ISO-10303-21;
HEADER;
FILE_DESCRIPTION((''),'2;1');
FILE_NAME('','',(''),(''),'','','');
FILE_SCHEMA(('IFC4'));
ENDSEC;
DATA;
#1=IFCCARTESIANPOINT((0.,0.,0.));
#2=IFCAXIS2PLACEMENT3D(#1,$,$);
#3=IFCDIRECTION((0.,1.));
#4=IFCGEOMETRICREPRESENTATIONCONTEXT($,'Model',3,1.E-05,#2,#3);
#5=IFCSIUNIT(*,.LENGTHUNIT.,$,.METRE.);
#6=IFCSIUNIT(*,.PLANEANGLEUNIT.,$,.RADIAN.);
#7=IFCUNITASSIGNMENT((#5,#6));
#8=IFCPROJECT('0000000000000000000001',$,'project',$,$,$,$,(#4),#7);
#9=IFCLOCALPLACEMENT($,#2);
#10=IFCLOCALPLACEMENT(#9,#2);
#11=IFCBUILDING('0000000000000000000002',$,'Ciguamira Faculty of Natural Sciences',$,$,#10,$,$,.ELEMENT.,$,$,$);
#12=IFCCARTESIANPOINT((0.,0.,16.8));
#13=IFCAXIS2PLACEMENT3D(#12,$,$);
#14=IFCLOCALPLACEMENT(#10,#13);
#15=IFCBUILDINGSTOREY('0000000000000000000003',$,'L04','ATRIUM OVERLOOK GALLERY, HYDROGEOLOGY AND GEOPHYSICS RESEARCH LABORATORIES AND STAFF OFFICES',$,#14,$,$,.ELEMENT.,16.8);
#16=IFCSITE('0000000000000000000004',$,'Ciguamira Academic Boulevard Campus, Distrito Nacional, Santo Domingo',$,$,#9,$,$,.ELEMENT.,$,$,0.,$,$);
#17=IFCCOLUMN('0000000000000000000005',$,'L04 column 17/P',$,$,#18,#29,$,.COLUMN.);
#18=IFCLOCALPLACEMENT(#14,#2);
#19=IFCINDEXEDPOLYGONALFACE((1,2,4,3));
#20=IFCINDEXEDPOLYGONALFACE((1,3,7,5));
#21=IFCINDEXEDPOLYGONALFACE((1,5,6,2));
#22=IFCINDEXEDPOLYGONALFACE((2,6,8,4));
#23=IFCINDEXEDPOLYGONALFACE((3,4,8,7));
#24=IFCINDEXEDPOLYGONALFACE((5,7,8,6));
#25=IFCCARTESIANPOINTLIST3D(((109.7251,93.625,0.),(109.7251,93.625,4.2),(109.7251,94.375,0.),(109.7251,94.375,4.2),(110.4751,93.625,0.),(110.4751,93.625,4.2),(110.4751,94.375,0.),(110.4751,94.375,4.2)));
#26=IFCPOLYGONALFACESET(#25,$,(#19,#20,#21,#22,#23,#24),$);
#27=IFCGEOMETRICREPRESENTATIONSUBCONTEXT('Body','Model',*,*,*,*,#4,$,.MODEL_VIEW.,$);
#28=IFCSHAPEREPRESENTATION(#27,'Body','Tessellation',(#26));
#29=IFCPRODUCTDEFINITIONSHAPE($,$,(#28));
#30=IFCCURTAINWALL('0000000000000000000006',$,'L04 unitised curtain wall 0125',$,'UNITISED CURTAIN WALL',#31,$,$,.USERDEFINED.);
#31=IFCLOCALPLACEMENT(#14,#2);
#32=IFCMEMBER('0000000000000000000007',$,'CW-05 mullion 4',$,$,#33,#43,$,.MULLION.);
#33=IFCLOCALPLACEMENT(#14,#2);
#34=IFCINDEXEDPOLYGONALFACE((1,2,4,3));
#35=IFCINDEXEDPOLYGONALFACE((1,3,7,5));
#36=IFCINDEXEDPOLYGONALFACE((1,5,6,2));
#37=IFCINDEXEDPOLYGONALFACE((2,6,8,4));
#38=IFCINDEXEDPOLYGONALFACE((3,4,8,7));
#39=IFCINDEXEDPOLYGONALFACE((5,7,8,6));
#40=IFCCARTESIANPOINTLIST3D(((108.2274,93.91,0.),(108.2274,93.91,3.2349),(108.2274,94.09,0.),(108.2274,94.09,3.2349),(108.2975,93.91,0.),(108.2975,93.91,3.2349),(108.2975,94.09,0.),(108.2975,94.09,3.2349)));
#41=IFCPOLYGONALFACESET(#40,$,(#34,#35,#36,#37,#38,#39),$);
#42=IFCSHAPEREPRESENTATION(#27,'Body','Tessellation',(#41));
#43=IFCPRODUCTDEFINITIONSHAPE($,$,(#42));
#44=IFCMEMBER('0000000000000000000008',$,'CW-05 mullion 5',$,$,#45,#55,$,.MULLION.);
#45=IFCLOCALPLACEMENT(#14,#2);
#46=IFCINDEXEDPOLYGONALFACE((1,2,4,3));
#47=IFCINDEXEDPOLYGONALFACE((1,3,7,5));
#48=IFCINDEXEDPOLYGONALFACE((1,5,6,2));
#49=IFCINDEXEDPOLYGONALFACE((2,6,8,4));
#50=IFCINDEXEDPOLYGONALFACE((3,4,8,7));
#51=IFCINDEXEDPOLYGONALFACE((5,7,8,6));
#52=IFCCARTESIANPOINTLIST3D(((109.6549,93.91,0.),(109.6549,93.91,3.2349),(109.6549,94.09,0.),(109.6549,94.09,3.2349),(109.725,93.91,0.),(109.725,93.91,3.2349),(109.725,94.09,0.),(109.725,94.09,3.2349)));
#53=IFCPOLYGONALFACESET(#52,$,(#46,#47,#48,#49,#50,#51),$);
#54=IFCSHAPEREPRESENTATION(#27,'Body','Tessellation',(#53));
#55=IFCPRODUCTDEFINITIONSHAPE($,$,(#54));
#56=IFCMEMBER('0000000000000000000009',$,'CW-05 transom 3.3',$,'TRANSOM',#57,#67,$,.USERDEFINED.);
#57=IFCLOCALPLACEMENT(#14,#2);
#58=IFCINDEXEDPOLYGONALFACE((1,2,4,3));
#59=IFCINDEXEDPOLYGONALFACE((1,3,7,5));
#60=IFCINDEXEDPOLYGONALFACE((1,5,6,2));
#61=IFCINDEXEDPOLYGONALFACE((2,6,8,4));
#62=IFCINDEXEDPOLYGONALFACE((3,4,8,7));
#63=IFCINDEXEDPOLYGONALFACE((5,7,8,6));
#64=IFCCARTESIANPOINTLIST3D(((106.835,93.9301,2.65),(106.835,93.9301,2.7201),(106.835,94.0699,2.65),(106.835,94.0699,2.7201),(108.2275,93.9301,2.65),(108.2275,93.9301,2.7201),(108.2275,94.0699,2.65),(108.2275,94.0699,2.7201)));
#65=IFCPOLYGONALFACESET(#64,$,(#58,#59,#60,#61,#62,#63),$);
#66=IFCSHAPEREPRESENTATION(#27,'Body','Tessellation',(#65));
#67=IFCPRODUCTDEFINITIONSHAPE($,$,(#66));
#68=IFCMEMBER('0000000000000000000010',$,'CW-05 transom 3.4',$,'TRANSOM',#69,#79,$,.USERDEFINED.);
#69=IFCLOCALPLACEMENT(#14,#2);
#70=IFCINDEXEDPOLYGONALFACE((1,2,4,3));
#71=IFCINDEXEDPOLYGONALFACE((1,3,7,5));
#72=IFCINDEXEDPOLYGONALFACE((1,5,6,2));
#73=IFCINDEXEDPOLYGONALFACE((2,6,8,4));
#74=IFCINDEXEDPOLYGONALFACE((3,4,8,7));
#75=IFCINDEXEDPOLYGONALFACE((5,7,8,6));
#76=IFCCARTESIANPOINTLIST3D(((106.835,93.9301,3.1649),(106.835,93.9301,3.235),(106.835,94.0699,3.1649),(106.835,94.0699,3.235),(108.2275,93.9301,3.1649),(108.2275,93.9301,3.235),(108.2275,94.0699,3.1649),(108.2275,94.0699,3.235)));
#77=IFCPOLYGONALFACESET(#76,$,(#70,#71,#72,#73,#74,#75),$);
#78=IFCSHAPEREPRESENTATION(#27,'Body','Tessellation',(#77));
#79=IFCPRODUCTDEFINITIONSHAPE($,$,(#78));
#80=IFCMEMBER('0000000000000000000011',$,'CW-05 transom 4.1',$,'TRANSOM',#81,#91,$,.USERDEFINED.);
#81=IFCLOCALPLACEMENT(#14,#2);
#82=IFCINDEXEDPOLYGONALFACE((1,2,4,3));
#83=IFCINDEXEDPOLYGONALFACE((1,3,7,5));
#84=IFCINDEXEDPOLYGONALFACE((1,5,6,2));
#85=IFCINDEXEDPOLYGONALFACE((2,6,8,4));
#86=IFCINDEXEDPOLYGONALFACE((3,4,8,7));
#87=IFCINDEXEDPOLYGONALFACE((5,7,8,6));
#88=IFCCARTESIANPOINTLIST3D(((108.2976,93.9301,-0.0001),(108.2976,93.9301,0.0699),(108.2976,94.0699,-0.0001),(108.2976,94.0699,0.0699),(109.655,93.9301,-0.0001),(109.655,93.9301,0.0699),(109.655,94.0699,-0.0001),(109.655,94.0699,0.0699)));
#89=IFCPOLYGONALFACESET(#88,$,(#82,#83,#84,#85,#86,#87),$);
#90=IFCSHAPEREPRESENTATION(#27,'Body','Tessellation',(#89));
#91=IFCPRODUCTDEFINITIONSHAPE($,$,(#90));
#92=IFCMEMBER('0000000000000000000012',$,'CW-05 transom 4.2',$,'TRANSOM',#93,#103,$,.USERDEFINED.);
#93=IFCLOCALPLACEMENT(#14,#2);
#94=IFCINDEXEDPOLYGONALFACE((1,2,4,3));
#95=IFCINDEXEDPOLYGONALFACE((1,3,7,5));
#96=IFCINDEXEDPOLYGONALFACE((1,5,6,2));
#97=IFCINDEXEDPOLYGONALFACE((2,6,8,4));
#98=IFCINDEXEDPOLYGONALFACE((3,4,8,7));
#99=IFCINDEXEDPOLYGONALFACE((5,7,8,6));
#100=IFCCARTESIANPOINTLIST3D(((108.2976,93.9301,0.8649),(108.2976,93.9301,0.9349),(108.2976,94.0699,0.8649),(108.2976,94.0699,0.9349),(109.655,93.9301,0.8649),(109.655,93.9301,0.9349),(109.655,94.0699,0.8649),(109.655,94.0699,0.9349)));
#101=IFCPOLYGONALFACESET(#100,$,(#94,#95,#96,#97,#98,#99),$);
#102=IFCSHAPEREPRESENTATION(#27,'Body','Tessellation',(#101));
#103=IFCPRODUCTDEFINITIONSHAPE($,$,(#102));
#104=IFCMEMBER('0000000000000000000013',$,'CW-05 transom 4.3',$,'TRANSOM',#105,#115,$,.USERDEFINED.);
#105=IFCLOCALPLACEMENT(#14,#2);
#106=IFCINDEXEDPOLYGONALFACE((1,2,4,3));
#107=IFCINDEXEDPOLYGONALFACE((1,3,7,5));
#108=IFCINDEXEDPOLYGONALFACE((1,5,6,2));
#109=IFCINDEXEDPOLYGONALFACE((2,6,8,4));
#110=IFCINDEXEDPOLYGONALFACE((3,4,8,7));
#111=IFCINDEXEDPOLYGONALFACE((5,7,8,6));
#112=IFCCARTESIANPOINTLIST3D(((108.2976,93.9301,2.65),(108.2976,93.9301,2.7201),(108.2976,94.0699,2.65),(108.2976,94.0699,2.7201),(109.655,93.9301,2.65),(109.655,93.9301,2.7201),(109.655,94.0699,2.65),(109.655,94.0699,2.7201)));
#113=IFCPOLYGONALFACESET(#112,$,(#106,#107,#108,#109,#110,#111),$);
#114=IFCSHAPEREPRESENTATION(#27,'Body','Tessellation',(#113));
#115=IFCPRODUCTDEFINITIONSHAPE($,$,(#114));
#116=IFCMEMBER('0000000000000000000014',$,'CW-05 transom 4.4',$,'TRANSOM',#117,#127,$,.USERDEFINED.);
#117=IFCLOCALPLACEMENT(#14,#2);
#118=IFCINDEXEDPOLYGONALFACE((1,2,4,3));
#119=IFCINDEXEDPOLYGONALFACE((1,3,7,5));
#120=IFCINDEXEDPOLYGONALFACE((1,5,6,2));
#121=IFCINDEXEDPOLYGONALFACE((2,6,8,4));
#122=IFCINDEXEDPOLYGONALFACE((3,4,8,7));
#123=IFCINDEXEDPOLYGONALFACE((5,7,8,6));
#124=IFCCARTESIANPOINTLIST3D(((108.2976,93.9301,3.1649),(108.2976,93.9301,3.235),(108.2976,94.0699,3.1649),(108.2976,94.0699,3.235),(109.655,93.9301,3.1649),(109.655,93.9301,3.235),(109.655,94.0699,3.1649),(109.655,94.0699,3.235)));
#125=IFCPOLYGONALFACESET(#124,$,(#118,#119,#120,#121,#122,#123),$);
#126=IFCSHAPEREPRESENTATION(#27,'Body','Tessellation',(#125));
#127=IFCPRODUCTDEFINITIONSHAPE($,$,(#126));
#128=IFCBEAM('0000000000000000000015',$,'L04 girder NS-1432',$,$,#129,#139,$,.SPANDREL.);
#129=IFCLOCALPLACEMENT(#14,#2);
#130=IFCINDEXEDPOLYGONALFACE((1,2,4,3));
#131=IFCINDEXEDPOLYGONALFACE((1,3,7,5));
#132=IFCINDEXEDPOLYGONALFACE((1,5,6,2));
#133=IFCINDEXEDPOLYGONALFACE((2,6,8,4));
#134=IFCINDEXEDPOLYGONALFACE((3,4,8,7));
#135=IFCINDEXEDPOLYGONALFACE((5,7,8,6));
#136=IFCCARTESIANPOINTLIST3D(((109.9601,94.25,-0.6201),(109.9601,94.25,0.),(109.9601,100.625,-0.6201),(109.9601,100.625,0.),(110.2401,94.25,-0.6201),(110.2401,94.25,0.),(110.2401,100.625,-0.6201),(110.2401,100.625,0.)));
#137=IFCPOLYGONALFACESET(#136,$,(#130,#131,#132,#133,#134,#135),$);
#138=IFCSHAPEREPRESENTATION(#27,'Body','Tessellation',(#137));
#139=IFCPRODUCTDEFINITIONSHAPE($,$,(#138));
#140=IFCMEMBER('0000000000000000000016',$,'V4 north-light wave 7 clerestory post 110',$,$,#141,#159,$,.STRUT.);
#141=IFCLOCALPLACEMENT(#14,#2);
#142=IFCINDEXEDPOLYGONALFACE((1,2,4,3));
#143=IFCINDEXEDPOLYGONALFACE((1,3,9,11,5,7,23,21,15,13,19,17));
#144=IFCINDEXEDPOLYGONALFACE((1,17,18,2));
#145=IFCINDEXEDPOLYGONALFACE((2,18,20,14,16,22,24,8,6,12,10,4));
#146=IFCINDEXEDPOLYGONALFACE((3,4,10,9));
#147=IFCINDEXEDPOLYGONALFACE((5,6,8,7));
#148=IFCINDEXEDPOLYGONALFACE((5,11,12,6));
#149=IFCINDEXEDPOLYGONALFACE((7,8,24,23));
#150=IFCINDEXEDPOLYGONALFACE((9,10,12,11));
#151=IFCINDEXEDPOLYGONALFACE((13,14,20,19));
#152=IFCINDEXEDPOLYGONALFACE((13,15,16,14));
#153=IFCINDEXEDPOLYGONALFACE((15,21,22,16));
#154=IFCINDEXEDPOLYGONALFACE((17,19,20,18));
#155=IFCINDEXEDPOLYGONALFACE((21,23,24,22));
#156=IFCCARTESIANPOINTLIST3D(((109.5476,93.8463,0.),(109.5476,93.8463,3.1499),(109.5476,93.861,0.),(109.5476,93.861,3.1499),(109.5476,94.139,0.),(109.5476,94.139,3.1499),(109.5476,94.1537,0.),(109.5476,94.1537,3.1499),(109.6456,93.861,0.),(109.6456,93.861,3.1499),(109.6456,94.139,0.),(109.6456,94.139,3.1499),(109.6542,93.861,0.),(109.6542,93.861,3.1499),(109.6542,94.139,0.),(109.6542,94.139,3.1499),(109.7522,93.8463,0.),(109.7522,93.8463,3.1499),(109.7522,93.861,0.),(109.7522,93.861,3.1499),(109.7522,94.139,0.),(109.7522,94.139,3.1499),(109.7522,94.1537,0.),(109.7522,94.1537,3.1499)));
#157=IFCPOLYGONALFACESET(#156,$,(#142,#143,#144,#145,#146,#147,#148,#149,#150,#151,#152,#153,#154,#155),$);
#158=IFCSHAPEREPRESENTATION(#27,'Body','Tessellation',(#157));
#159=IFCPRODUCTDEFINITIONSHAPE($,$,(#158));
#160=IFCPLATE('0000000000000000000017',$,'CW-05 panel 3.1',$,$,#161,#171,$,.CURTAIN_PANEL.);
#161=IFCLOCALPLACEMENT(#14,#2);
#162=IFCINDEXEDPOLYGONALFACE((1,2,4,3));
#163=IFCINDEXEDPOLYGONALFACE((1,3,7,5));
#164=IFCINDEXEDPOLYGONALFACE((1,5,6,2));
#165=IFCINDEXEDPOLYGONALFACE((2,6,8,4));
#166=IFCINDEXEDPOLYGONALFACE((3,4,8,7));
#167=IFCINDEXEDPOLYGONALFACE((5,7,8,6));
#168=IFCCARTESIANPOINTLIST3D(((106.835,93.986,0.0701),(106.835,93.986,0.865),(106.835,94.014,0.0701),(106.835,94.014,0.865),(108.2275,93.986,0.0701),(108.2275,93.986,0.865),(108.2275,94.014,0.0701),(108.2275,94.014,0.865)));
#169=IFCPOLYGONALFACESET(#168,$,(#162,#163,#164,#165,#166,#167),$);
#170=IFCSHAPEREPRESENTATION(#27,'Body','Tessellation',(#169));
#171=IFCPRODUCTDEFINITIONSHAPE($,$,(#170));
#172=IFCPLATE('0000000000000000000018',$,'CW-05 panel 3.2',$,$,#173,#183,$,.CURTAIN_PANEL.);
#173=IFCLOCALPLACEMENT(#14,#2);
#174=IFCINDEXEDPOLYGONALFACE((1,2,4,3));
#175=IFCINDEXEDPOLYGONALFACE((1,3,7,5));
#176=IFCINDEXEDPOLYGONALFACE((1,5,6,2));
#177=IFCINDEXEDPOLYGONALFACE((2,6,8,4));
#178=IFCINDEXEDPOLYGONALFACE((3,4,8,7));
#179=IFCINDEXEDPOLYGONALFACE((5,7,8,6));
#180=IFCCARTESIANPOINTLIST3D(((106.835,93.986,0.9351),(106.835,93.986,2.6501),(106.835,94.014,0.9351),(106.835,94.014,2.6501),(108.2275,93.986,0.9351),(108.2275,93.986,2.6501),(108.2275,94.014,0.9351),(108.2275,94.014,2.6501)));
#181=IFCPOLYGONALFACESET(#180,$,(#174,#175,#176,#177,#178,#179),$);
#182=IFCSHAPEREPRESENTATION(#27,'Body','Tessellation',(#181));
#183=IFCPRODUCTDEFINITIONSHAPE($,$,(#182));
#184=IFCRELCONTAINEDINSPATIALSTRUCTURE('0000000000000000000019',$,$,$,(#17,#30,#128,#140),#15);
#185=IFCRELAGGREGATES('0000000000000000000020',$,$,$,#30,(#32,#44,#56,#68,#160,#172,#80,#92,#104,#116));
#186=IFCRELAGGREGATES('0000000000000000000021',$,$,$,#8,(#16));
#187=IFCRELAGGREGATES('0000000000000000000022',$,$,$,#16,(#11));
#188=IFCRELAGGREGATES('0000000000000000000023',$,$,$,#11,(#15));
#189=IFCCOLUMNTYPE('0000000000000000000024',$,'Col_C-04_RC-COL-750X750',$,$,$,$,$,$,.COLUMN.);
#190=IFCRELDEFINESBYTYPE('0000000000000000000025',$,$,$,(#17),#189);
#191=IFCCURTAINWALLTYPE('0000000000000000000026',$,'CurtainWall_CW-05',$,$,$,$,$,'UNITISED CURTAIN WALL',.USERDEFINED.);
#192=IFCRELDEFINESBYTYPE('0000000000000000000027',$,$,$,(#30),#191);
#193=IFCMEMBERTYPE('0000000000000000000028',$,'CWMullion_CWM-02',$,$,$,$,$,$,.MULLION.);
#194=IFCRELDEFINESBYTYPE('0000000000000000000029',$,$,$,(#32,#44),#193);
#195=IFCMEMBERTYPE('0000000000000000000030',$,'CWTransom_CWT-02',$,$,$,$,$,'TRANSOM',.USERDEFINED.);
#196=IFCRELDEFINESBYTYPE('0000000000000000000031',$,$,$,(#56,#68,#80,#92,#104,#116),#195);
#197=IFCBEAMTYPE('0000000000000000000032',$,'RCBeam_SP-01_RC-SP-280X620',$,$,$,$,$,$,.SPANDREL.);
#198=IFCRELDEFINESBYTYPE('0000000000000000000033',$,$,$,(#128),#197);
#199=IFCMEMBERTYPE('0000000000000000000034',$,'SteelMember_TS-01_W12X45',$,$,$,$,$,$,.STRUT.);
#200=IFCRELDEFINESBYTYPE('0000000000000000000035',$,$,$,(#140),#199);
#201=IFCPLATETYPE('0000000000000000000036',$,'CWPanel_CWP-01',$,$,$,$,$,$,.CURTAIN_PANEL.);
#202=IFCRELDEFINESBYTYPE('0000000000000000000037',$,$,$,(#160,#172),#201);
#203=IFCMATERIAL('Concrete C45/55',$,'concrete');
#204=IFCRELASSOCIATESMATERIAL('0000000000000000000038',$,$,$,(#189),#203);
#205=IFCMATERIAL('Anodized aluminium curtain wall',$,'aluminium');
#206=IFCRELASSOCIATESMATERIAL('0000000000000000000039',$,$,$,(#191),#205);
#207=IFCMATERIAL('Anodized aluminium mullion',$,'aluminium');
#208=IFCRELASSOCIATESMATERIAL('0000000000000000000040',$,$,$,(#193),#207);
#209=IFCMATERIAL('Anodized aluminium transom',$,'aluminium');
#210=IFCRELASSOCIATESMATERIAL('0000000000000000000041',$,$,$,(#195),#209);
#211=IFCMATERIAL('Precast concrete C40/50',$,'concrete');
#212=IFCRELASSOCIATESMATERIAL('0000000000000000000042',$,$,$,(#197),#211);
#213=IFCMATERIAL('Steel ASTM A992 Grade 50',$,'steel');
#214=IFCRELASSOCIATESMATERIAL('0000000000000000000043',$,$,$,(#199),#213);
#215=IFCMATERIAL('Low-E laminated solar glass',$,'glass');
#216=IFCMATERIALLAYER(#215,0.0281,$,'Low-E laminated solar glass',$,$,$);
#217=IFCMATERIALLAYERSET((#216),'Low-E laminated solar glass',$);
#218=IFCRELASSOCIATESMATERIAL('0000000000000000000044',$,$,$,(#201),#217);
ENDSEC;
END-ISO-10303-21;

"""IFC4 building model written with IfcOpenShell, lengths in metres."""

from ifc_helpers import new_model, si_unit, direction, frame, origin, origin_2d, place, context, subcontext, project, spatial, rectangle, i_section, extrude, material, layer, layer_set, material_profile, profile_set, type_object, element, aggregate, save


model = new_model("IFC4")

# Units and contexts
model_context = context("Model", 3, precision=1e-05, world=origin(), true_north=direction((0.0, 1.0)))
body_context = subcontext(model_context, "Body", "Model", "MODEL_VIEW")
ifc_project = project(units=[si_unit("LENGTHUNIT", "METRE"), si_unit("PLANEANGLEUNIT", "RADIAN")], contexts=[model_context])

# Site, building, storey
site_placement = place(None, origin())
site = spatial("IfcSite", under=ifc_project, at=site_placement, Name="Ciguamira Academic Boulevard Campus, Distrito Nacional, Santo Domingo", CompositionType="ELEMENT", RefElevation=0.0)
building_placement = place(site_placement, origin())
building = spatial("IfcBuilding", under=site, at=building_placement, Name="Ciguamira Faculty of Natural Sciences", CompositionType="ELEMENT")
storey_placement = place(building_placement, frame((0.0, 0.0, 16.8)))
storey = spatial("IfcBuildingStorey", under=building, at=storey_placement, Name="L04", Description="ATRIUM OVERLOOK GALLERY, HYDROGEOLOGY AND GEOPHYSICS RESEARCH LABORATORIES AND STAFF OFFICES", CompositionType="ELEMENT", Elevation=16.8)

# Column
ifc_material_1 = material(Name="Concrete C45/55", Category="concrete")
ifc_material_profile_1 = material_profile(ifc_material_1, rectangle(XDim=0.75, YDim=0.75, at=origin_2d()), Name="RC-COL-750X750")
ifc_profile_set_1 = profile_set([ifc_material_profile_1], Name="Concrete C45/55")
column_type = type_object("IfcColumnType", Name="Col_C-04_RC-COL-750X750", PredefinedType="COLUMN", material=ifc_profile_set_1)
column_placement = place(storey_placement, frame((110.1001, 94.0, 0.0), z_axis=(0.0, 0.0, 1.0), x_axis=(1.0, 0.0, 0.0)))
element("IfcColumn", 1, at=column_placement, inside=storey, type_object=column_type, Name="L04 column 17/P", PredefinedType="COLUMN", context=body_context, shape_type="SweptSolid", body=[
    extrude(rectangle(XDim=0.75, YDim=0.75, at=origin_2d()), origin(), (0.0, 0.0, 1.0), 4.2),
])

# Curtain wall, members
ifc_material_2 = material(Name="Anodized aluminium curtain wall", Category="aluminium")
curtain_wall_type = type_object("IfcCurtainWallType", Name="CurtainWall_CW-05", ElementType="UNITISED CURTAIN WALL", PredefinedType="USERDEFINED", material=ifc_material_2)
curtain_wall_placement = place(storey_placement, origin())
curtain_wall = element("IfcCurtainWall", 2, at=curtain_wall_placement, inside=storey, type_object=curtain_wall_type, Name="L04 unitised curtain wall 0125", ObjectType="UNITISED CURTAIN WALL", PredefinedType="USERDEFINED")
ifc_material_3 = material(Name="Anodized aluminium mullion", Category="aluminium")
ifc_material_profile_2 = material_profile(ifc_material_3, rectangle(XDim=0.0701, YDim=0.1799, at=origin_2d()), Name="ALU-MUL-70X180")
ifc_profile_set_2 = profile_set([ifc_material_profile_2], Name="Anodized aluminium mullion")
member_type_1 = type_object("IfcMemberType", Name="CWMullion_CWM-02", PredefinedType="MULLION", material=ifc_profile_set_2)
member_1_placement = place(storey_placement, frame((108.2625, 94.0, 0.0), z_axis=(0.0, 0.0, 1.0), x_axis=(1.0, 0.0, 0.0)))
member_1 = element("IfcMember", 3, at=member_1_placement, type_object=member_type_1, Name="CW-05 mullion 4", PredefinedType="MULLION", context=body_context, shape_type="SweptSolid", body=[
    extrude(rectangle(XDim=0.0701, YDim=0.1799, at=origin_2d()), origin(), (0.0, 0.0, 1.0), 3.2349),
])
member_2_placement = place(storey_placement, frame((109.6899, 94.0, 0.0), z_axis=(0.0, 0.0, 1.0), x_axis=(1.0, 0.0, 0.0)))
member_2 = element("IfcMember", 4, at=member_2_placement, type_object=member_type_1, Name="CW-05 mullion 5", PredefinedType="MULLION", context=body_context, shape_type="SweptSolid", body=[
    extrude(rectangle(XDim=0.0701, YDim=0.1799, at=origin_2d()), origin(), (0.0, 0.0, 1.0), 3.2349),
])
ifc_material_4 = material(Name="Anodized aluminium transom", Category="aluminium")
ifc_material_profile_3 = material_profile(ifc_material_4, rectangle(XDim=0.0701, YDim=0.1399, at=origin_2d()), Name="ALU-TRN-70X140")
ifc_profile_set_3 = profile_set([ifc_material_profile_3], Name="Anodized aluminium transom")
member_type_2 = type_object("IfcMemberType", Name="CWTransom_CWT-02", ElementType="TRANSOM", PredefinedType="USERDEFINED", material=ifc_profile_set_3)
member_3_placement = place(storey_placement, frame((106.835, 94.0, 2.6851), z_axis=(1.0, 0.0, 0.0), x_axis=(0.0, 0.0, 1.0)))
member_3 = element("IfcMember", 5, at=member_3_placement, type_object=member_type_2, Name="CW-05 transom 3.3", ObjectType="TRANSOM", PredefinedType="USERDEFINED", context=body_context, shape_type="SweptSolid", body=[
    extrude(rectangle(XDim=0.0701, YDim=0.1399, at=origin_2d()), origin(), (0.0, 0.0, 1.0), 1.3926),
])
member_4_placement = place(storey_placement, frame((106.835, 94.0, 3.2), z_axis=(1.0, 0.0, 0.0), x_axis=(0.0, 0.0, 1.0)))
member_4 = element("IfcMember", 6, at=member_4_placement, type_object=member_type_2, Name="CW-05 transom 3.4", ObjectType="TRANSOM", PredefinedType="USERDEFINED", context=body_context, shape_type="SweptSolid", body=[
    extrude(rectangle(XDim=0.0701, YDim=0.1399, at=origin_2d()), origin(), (0.0, 0.0, 1.0), 1.3926),
])
member_5_placement = place(storey_placement, frame((108.2976, 94.0, 0.0349), z_axis=(1.0, 0.0, 0.0), x_axis=(0.0, 0.0, 1.0)))
member_5 = element("IfcMember", 7, at=member_5_placement, type_object=member_type_2, Name="CW-05 transom 4.1", ObjectType="TRANSOM", PredefinedType="USERDEFINED", context=body_context, shape_type="SweptSolid", body=[
    extrude(rectangle(XDim=0.0701, YDim=0.1399, at=origin_2d()), origin(), (0.0, 0.0, 1.0), 1.3574),
])
member_6_placement = place(storey_placement, frame((108.2976, 94.0, 0.8999), z_axis=(1.0, 0.0, 0.0), x_axis=(0.0, 0.0, 1.0)))
member_6 = element("IfcMember", 8, at=member_6_placement, type_object=member_type_2, Name="CW-05 transom 4.2", ObjectType="TRANSOM", PredefinedType="USERDEFINED", context=body_context, shape_type="SweptSolid", body=[
    extrude(rectangle(XDim=0.0701, YDim=0.1399, at=origin_2d()), origin(), (0.0, 0.0, 1.0), 1.3574),
])
member_7_placement = place(storey_placement, frame((108.2976, 94.0, 2.6851), z_axis=(1.0, 0.0, 0.0), x_axis=(0.0, 0.0, 1.0)))
member_7 = element("IfcMember", 9, at=member_7_placement, type_object=member_type_2, Name="CW-05 transom 4.3", ObjectType="TRANSOM", PredefinedType="USERDEFINED", context=body_context, shape_type="SweptSolid", body=[
    extrude(rectangle(XDim=0.0701, YDim=0.1399, at=origin_2d()), origin(), (0.0, 0.0, 1.0), 1.3574),
])
member_8_placement = place(storey_placement, frame((108.2976, 94.0, 3.2), z_axis=(1.0, 0.0, 0.0), x_axis=(0.0, 0.0, 1.0)))
member_8 = element("IfcMember", 10, at=member_8_placement, type_object=member_type_2, Name="CW-05 transom 4.4", ObjectType="TRANSOM", PredefinedType="USERDEFINED", context=body_context, shape_type="SweptSolid", body=[
    extrude(rectangle(XDim=0.0701, YDim=0.1399, at=origin_2d()), origin(), (0.0, 0.0, 1.0), 1.3574),
])

# Beam
ifc_material_5 = material(Name="Precast concrete C40/50", Category="concrete")
ifc_material_profile_4 = material_profile(ifc_material_5, rectangle(XDim=0.28, YDim=0.6201, at=origin_2d()), Name="RC-SP-280X620")
ifc_profile_set_4 = profile_set([ifc_material_profile_4], Name="Precast concrete C40/50")
beam_type = type_object("IfcBeamType", Name="RCBeam_SP-01_RC-SP-280X620", PredefinedType="SPANDREL", material=ifc_profile_set_4)
beam_placement = place(storey_placement, frame((110.1001, 94.25, -0.3101), z_axis=(0.0, 1.0, 0.0), x_axis=(-1.0, 0.0, 0.0)))
element("IfcBeam", 11, at=beam_placement, inside=storey, type_object=beam_type, Name="L04 girder NS-1432", PredefinedType="SPANDREL", context=body_context, shape_type="SweptSolid", body=[
    extrude(rectangle(XDim=0.28, YDim=0.6201, at=origin_2d()), origin(), (0.0, 0.0, 1.0), 6.375),
])

# Member
ifc_material_6 = material(Name="Steel ASTM A992 Grade 50", Category="steel")
ifc_material_profile_5 = material_profile(ifc_material_6, i_section(OverallWidth=0.2046, OverallDepth=0.3074, WebThickness=0.0085, FlangeThickness=0.0146, at=origin_2d()), Name="W12X45")
ifc_profile_set_5 = profile_set([ifc_material_profile_5], Name="Steel ASTM A992 Grade 50")
member_type_3 = type_object("IfcMemberType", Name="SteelMember_TS-01_W12X45", PredefinedType="STRUT", material=ifc_profile_set_5)
member_9_placement = place(storey_placement, frame((109.6499, 94.0, 0.0), z_axis=(0.0, 0.0, 1.0), x_axis=(1.0, 0.0, 0.0)))
element("IfcMember", 12, at=member_9_placement, inside=storey, type_object=member_type_3, Name="V4 north-light wave 7 clerestory post 110", PredefinedType="STRUT", context=body_context, shape_type="SweptSolid", body=[
    extrude(i_section(OverallWidth=0.2046, OverallDepth=0.3074, WebThickness=0.0085, FlangeThickness=0.0146, at=origin_2d()), origin(), (0.0, 0.0, 1.0), 3.1499),
])

# Plates
ifc_material_7 = material(Name="Low-E laminated solar glass", Category="glass")
ifc_layer_1 = layer(ifc_material_7, 0.0281, Name="Low-E laminated solar glass")
ifc_layer_set_1 = layer_set([ifc_layer_1], Name="Low-E laminated solar glass")
plate_type_1 = type_object("IfcPlateType", Name="CWPanel_CWP-01", PredefinedType="CURTAIN_PANEL", material=ifc_layer_set_1)
plate_1_placement = place(storey_placement, frame((107.5312, 94.0, 0.0701), z_axis=(0.0, 0.0, 1.0), x_axis=(1.0, 0.0, 0.0)))
plate_1 = element("IfcPlate", 13, at=plate_1_placement, type_object=plate_type_1, Name="CW-05 panel 3.1", PredefinedType="CURTAIN_PANEL", context=body_context, shape_type="SweptSolid", body=[
    extrude(rectangle(XDim=1.3926, YDim=0.0281, at=origin_2d()), origin(), (0.0, 0.0, 1.0), 0.7949),
])
plate_2_placement = place(storey_placement, frame((107.5312, 94.0, 0.9351), z_axis=(0.0, 0.0, 1.0), x_axis=(1.0, 0.0, 0.0)))
plate_2 = element("IfcPlate", 14, at=plate_2_placement, type_object=plate_type_1, Name="CW-05 panel 3.2", PredefinedType="CURTAIN_PANEL", context=body_context, shape_type="SweptSolid", body=[
    extrude(rectangle(XDim=1.3926, YDim=0.0281, at=origin_2d()), origin(), (0.0, 0.0, 1.0), 1.7151),
])
aggregate(curtain_wall, [member_1, member_2, member_3, member_4, plate_1, plate_2, member_5, member_6, member_7, member_8])

save(model, "model.ifc")
